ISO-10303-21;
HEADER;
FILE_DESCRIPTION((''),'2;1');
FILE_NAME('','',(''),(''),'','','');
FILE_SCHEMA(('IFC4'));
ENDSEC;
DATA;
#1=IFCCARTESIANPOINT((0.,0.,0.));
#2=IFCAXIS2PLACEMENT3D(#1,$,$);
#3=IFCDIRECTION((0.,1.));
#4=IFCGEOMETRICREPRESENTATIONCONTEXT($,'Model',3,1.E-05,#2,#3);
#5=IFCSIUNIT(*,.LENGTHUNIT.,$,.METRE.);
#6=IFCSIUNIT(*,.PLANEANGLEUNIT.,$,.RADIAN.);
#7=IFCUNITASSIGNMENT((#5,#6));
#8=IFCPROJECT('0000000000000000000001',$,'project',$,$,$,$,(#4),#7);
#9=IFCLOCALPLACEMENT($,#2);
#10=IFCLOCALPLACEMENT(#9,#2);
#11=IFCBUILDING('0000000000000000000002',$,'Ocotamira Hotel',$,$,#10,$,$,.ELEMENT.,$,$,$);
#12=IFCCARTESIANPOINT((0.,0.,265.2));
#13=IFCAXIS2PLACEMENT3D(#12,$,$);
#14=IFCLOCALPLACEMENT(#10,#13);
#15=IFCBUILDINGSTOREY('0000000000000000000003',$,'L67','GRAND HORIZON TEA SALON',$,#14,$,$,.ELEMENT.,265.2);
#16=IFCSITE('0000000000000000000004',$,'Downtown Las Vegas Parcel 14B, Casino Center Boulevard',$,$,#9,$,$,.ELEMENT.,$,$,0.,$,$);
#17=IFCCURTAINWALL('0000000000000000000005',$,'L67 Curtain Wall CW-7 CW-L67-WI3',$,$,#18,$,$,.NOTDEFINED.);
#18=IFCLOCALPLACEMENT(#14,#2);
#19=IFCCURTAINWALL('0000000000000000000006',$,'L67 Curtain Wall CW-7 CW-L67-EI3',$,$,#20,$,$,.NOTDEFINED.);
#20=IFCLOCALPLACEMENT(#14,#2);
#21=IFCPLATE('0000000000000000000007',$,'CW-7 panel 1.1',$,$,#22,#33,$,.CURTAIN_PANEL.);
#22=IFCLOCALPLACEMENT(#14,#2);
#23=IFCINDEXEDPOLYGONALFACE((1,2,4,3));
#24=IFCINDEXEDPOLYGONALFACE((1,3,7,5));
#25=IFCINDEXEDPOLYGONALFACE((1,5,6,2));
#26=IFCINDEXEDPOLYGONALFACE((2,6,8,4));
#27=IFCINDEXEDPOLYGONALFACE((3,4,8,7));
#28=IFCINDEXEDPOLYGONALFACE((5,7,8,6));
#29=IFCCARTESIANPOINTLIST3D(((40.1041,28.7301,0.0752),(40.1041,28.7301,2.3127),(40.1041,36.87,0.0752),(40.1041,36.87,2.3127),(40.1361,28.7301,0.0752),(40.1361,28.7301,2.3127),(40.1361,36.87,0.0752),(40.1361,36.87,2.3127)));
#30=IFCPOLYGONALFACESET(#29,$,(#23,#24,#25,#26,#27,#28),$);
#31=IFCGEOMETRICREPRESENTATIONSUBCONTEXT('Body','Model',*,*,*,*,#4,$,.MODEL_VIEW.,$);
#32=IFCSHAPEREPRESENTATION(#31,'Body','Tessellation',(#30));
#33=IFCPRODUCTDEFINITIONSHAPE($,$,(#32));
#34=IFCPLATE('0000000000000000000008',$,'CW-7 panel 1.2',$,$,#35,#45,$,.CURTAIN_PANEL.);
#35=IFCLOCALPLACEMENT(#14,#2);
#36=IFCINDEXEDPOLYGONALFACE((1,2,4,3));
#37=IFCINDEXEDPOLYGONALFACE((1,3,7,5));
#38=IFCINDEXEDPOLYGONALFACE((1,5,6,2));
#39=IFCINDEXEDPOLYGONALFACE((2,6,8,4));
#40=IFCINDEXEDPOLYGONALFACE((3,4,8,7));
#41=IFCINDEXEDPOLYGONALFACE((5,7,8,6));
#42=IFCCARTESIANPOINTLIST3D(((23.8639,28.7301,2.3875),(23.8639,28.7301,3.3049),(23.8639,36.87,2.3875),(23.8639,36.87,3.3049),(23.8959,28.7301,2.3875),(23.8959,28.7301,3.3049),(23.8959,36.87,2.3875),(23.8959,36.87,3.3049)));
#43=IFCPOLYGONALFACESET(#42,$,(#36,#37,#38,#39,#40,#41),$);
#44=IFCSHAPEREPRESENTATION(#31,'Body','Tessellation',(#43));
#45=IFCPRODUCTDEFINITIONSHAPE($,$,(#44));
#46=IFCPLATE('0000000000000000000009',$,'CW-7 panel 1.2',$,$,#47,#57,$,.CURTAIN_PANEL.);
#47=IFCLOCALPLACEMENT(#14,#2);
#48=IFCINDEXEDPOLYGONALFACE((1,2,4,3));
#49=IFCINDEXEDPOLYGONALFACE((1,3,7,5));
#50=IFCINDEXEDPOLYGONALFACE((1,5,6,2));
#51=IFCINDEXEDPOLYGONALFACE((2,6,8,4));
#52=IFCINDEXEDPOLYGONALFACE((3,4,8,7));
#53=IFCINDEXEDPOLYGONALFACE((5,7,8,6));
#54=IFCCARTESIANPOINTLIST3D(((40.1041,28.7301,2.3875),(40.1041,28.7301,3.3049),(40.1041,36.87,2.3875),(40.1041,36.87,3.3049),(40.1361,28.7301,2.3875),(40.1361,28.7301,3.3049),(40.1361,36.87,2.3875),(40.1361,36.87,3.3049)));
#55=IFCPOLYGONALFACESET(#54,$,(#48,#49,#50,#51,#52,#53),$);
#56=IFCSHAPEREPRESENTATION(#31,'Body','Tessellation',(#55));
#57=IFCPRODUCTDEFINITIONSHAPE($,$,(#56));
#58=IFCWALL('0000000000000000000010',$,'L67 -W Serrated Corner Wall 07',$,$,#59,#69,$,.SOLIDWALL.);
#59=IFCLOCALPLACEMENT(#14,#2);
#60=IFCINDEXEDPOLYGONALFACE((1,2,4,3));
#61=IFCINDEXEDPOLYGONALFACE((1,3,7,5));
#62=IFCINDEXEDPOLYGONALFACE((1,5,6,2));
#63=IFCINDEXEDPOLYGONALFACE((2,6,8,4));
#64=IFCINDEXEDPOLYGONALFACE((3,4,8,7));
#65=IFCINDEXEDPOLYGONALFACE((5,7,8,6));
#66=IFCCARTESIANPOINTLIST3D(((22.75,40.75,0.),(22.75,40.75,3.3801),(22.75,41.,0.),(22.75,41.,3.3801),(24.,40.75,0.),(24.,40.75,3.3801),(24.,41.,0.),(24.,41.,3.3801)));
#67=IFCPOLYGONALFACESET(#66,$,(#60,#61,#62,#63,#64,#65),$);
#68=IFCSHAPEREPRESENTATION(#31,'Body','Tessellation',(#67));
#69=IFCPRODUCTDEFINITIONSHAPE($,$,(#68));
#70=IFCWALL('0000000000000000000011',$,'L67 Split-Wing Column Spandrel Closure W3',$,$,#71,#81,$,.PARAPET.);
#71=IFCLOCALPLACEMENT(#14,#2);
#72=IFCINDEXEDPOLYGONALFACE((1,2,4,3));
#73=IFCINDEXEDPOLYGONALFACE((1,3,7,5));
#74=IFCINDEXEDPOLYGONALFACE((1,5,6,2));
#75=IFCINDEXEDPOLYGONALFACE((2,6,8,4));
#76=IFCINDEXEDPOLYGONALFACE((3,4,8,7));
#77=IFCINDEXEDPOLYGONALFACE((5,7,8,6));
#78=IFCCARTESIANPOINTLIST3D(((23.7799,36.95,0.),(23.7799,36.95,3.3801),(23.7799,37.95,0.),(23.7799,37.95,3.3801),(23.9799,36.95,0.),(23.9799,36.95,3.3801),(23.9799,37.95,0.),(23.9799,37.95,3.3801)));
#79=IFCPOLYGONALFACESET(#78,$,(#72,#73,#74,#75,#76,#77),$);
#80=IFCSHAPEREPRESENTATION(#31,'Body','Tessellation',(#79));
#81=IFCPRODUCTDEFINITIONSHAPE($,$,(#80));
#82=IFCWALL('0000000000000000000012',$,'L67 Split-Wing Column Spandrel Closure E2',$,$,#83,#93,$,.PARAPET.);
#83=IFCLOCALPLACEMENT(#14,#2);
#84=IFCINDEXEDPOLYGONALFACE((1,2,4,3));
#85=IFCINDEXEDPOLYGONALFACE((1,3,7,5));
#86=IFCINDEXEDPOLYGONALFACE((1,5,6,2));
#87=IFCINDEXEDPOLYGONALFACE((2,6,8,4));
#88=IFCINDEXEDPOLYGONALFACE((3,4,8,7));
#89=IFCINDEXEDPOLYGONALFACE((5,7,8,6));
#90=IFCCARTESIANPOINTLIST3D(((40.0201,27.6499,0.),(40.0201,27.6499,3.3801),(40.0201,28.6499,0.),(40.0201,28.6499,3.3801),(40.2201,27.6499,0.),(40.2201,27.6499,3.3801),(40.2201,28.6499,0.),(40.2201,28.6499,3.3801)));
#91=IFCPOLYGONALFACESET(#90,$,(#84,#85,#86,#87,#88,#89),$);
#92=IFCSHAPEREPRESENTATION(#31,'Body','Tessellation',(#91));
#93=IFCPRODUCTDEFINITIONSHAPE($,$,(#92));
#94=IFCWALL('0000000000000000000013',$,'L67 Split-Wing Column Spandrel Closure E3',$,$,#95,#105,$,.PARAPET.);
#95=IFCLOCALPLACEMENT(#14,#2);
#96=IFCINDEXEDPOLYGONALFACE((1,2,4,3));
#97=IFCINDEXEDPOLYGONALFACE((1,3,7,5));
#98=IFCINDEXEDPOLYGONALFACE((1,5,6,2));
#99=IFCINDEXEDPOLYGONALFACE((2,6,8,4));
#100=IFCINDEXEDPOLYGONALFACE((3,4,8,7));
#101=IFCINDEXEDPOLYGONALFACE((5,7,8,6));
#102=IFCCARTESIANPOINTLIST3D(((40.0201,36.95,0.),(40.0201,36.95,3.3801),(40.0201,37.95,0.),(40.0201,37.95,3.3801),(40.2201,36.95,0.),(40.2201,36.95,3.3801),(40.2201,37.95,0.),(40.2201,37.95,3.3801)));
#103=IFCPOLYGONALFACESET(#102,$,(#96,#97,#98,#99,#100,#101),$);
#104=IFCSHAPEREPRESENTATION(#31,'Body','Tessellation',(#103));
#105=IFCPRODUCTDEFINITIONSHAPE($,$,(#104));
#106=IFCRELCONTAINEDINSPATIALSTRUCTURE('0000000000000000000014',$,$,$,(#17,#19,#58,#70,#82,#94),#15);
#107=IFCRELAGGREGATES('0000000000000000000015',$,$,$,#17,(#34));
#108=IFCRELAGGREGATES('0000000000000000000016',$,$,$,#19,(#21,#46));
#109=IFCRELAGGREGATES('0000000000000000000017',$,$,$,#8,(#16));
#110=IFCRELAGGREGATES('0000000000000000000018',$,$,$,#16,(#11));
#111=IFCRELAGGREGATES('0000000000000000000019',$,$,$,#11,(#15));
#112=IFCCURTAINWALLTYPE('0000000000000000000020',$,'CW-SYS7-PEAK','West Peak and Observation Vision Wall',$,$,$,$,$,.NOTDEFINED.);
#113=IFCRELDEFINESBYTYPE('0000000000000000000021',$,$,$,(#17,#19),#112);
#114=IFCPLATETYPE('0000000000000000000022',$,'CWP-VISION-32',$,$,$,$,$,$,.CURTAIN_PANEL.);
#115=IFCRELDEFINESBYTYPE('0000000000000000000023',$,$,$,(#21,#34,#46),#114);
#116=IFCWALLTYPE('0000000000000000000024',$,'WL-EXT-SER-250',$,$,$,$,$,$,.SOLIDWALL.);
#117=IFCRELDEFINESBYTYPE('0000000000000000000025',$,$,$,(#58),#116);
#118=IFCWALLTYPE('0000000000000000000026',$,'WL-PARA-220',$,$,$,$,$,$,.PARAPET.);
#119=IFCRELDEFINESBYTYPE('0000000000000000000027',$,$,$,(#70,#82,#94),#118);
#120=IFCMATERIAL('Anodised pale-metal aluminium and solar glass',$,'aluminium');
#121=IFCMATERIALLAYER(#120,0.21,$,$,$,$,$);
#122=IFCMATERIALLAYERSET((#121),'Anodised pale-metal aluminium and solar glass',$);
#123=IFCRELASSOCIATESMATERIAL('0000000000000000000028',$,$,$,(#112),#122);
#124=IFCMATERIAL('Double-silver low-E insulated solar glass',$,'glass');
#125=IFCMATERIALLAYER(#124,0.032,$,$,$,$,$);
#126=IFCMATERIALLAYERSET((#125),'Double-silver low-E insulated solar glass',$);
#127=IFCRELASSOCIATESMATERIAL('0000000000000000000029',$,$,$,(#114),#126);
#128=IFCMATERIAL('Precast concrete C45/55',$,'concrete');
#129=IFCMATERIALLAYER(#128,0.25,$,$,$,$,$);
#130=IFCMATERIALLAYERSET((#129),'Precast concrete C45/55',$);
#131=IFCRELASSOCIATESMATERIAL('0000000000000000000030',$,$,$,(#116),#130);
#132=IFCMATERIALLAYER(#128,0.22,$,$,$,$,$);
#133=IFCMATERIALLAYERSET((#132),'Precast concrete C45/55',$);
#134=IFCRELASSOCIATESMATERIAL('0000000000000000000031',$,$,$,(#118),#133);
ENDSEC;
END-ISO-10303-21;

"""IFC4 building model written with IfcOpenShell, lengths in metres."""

from ifc_helpers import new_model, si_unit, direction, frame, frame_2d, origin, origin_2d, place, context, subcontext, project, spatial, rectangle, extrude, source, transform, mapped, material, layer, layer_set, type_object, element, aggregate, save


model = new_model("IFC4")

# Units and contexts
model_context = context("Model", 3, precision=1e-05, world=origin(), true_north=direction((0.0, 1.0)))
body_context = subcontext(model_context, "Body", "Model", "MODEL_VIEW")
ifc_project = project(units=[si_unit("LENGTHUNIT", "METRE"), si_unit("PLANEANGLEUNIT", "RADIAN")], contexts=[model_context])

# Site, building, storey
site_placement = place(None, origin())
site = spatial("IfcSite", under=ifc_project, at=site_placement, Name="Downtown Las Vegas Parcel 14B, Casino Center Boulevard", CompositionType="ELEMENT", RefElevation=0.0)
building_placement = place(site_placement, origin())
building = spatial("IfcBuilding", under=site, at=building_placement, Name="Ocotamira Hotel", CompositionType="ELEMENT")
storey_placement = place(building_placement, frame((0.0, 0.0, 265.2)))
storey = spatial("IfcBuildingStorey", under=building, at=storey_placement, Name="L67", Description="GRAND HORIZON TEA SALON", CompositionType="ELEMENT", Elevation=265.2)

# Curtain walls
ifc_material_1 = material(Name="Anodised pale-metal aluminium and solar glass", Category="aluminium")
ifc_layer_1 = layer(ifc_material_1, 0.21)
ifc_layer_set_1 = layer_set([ifc_layer_1], Name="Anodised pale-metal aluminium and solar glass")
curtain_wall_type = type_object("IfcCurtainWallType", Name="CW-SYS7-PEAK", Description="West Peak and Observation Vision Wall", PredefinedType="NOTDEFINED", material=ifc_layer_set_1)
curtain_wall_1_placement = place(storey_placement, origin())
curtain_wall_1 = element("IfcCurtainWall", 1, at=curtain_wall_1_placement, inside=storey, type_object=curtain_wall_type, Name="L67 Curtain Wall CW-7 CW-L67-WI3", PredefinedType="NOTDEFINED")
curtain_wall_2_placement = place(storey_placement, origin())
curtain_wall_2 = element("IfcCurtainWall", 2, at=curtain_wall_2_placement, inside=storey, type_object=curtain_wall_type, Name="L67 Curtain Wall CW-7 CW-L67-EI3", PredefinedType="NOTDEFINED")

# Plates
ifc_material_2 = material(Name="Double-silver low-E insulated solar glass", Category="glass")
ifc_layer_2 = layer(ifc_material_2, 0.032)
ifc_layer_set_2 = layer_set([ifc_layer_2], Name="Double-silver low-E insulated solar glass")
plate_type = type_object("IfcPlateType", Name="CWP-VISION-32", PredefinedType="CURTAIN_PANEL", material=ifc_layer_set_2)
shared_shape_1 = source(origin(), body_context, "Body", "SweptSolid", [
    extrude(rectangle(XDim=8.1399, YDim=0.032, at=origin_2d()), origin(), (0.0, 0.0, 1.0), 2.2375),
])
plate_1_placement = place(storey_placement, frame((40.1201, 32.8, 0.0752), z_axis=(0.0, 0.0, 1.0), x_axis=(0.0, 1.0, 0.0)))
plate_1 = element("IfcPlate", 3, at=plate_1_placement, type_object=plate_type, Name="CW-7 panel 1.1", PredefinedType="CURTAIN_PANEL", context=body_context, shape_type="MappedRepresentation", body=[
    mapped(shared_shape_1, transform((0.0, 0.0, 0.0), scale=1.0)),
])
shared_shape_2 = source(origin(), body_context, "Body", "SweptSolid", [
    extrude(rectangle(XDim=8.1399, YDim=0.032, at=origin_2d()), origin(), (0.0, 0.0, 1.0), 0.9175),
])
plate_2_placement = place(storey_placement, frame((23.8799, 32.8, 2.3875), z_axis=(0.0, 0.0, 1.0), x_axis=(0.0, 1.0, 0.0)))
plate_2 = element("IfcPlate", 4, at=plate_2_placement, type_object=plate_type, Name="CW-7 panel 1.2", PredefinedType="CURTAIN_PANEL", context=body_context, shape_type="MappedRepresentation", body=[
    mapped(shared_shape_2, transform((0.0, 0.0, 0.0), scale=1.0)),
])
aggregate(curtain_wall_1, [plate_2])
plate_3_placement = place(storey_placement, frame((40.1201, 32.8, 2.3875), z_axis=(0.0, 0.0, 1.0), x_axis=(0.0, 1.0, 0.0)))
plate_3 = element("IfcPlate", 5, at=plate_3_placement, type_object=plate_type, Name="CW-7 panel 1.2", PredefinedType="CURTAIN_PANEL", context=body_context, shape_type="MappedRepresentation", body=[
    mapped(shared_shape_2, transform((0.0, 0.0, 0.0), scale=1.0)),
])
aggregate(curtain_wall_2, [plate_1, plate_3])

# Walls
ifc_material_3 = material(Name="Precast concrete C45/55", Category="concrete")
ifc_layer_3 = layer(ifc_material_3, 0.25)
ifc_layer_set_3 = layer_set([ifc_layer_3], Name="Precast concrete C45/55")
wall_type_1 = type_object("IfcWallType", Name="WL-EXT-SER-250", PredefinedType="SOLIDWALL", material=ifc_layer_set_3)
wall_placement = place(storey_placement, frame((24.0, 40.875, 0.0), z_axis=(0.0, 0.0, 1.0), x_axis=(-1.0, 0.0, 0.0)))
element("IfcWall", 6, at=wall_placement, inside=storey, type_object=wall_type_1, Name="L67 -W Serrated Corner Wall 07", PredefinedType="SOLIDWALL", context=body_context, shape_type="SweptSolid", body=[
    extrude(rectangle(XDim=1.25, YDim=0.25, at=frame_2d((0.625, 0.0))), origin(), (0.0, 0.0, 1.0), 3.3801),
])
ifc_layer_4 = layer(ifc_material_3, 0.22)
ifc_layer_set_4 = layer_set([ifc_layer_4], Name="Precast concrete C45/55")
wall_type_2 = type_object("IfcWallType", Name="WL-PARA-220", PredefinedType="PARAPET", material=ifc_layer_set_4)
for number, where, z_axis, x_axis, name in (
    (7, (23.8799, 36.95, 0.0), (0.0, 0.0, 1.0), (0.0, 1.0, 0.0), "L67 Split-Wing Column Spandrel Closure W3"),
    (8, (40.1201, 27.6499, 0.0), (0.0, 0.0, 1.0), (0.0, 1.0, 0.0), "L67 Split-Wing Column Spandrel Closure E2"),
    (9, (40.1201, 36.95, 0.0), (0.0, 0.0, 1.0), (0.0, 1.0, 0.0), "L67 Split-Wing Column Spandrel Closure E3"),
):
    element("IfcWall", number, at=place(storey_placement, frame(where, z_axis=z_axis, x_axis=x_axis)), inside=storey, type_object=wall_type_2, Name=name, PredefinedType="PARAPET", context=body_context, shape_type="SweptSolid", body=[
        extrude(rectangle(XDim=1.0, YDim=0.2, at=frame_2d((0.5, 0.0))), origin(), (0.0, 0.0, 1.0), 3.3801),
    ])

save(model, "model.ifc")
